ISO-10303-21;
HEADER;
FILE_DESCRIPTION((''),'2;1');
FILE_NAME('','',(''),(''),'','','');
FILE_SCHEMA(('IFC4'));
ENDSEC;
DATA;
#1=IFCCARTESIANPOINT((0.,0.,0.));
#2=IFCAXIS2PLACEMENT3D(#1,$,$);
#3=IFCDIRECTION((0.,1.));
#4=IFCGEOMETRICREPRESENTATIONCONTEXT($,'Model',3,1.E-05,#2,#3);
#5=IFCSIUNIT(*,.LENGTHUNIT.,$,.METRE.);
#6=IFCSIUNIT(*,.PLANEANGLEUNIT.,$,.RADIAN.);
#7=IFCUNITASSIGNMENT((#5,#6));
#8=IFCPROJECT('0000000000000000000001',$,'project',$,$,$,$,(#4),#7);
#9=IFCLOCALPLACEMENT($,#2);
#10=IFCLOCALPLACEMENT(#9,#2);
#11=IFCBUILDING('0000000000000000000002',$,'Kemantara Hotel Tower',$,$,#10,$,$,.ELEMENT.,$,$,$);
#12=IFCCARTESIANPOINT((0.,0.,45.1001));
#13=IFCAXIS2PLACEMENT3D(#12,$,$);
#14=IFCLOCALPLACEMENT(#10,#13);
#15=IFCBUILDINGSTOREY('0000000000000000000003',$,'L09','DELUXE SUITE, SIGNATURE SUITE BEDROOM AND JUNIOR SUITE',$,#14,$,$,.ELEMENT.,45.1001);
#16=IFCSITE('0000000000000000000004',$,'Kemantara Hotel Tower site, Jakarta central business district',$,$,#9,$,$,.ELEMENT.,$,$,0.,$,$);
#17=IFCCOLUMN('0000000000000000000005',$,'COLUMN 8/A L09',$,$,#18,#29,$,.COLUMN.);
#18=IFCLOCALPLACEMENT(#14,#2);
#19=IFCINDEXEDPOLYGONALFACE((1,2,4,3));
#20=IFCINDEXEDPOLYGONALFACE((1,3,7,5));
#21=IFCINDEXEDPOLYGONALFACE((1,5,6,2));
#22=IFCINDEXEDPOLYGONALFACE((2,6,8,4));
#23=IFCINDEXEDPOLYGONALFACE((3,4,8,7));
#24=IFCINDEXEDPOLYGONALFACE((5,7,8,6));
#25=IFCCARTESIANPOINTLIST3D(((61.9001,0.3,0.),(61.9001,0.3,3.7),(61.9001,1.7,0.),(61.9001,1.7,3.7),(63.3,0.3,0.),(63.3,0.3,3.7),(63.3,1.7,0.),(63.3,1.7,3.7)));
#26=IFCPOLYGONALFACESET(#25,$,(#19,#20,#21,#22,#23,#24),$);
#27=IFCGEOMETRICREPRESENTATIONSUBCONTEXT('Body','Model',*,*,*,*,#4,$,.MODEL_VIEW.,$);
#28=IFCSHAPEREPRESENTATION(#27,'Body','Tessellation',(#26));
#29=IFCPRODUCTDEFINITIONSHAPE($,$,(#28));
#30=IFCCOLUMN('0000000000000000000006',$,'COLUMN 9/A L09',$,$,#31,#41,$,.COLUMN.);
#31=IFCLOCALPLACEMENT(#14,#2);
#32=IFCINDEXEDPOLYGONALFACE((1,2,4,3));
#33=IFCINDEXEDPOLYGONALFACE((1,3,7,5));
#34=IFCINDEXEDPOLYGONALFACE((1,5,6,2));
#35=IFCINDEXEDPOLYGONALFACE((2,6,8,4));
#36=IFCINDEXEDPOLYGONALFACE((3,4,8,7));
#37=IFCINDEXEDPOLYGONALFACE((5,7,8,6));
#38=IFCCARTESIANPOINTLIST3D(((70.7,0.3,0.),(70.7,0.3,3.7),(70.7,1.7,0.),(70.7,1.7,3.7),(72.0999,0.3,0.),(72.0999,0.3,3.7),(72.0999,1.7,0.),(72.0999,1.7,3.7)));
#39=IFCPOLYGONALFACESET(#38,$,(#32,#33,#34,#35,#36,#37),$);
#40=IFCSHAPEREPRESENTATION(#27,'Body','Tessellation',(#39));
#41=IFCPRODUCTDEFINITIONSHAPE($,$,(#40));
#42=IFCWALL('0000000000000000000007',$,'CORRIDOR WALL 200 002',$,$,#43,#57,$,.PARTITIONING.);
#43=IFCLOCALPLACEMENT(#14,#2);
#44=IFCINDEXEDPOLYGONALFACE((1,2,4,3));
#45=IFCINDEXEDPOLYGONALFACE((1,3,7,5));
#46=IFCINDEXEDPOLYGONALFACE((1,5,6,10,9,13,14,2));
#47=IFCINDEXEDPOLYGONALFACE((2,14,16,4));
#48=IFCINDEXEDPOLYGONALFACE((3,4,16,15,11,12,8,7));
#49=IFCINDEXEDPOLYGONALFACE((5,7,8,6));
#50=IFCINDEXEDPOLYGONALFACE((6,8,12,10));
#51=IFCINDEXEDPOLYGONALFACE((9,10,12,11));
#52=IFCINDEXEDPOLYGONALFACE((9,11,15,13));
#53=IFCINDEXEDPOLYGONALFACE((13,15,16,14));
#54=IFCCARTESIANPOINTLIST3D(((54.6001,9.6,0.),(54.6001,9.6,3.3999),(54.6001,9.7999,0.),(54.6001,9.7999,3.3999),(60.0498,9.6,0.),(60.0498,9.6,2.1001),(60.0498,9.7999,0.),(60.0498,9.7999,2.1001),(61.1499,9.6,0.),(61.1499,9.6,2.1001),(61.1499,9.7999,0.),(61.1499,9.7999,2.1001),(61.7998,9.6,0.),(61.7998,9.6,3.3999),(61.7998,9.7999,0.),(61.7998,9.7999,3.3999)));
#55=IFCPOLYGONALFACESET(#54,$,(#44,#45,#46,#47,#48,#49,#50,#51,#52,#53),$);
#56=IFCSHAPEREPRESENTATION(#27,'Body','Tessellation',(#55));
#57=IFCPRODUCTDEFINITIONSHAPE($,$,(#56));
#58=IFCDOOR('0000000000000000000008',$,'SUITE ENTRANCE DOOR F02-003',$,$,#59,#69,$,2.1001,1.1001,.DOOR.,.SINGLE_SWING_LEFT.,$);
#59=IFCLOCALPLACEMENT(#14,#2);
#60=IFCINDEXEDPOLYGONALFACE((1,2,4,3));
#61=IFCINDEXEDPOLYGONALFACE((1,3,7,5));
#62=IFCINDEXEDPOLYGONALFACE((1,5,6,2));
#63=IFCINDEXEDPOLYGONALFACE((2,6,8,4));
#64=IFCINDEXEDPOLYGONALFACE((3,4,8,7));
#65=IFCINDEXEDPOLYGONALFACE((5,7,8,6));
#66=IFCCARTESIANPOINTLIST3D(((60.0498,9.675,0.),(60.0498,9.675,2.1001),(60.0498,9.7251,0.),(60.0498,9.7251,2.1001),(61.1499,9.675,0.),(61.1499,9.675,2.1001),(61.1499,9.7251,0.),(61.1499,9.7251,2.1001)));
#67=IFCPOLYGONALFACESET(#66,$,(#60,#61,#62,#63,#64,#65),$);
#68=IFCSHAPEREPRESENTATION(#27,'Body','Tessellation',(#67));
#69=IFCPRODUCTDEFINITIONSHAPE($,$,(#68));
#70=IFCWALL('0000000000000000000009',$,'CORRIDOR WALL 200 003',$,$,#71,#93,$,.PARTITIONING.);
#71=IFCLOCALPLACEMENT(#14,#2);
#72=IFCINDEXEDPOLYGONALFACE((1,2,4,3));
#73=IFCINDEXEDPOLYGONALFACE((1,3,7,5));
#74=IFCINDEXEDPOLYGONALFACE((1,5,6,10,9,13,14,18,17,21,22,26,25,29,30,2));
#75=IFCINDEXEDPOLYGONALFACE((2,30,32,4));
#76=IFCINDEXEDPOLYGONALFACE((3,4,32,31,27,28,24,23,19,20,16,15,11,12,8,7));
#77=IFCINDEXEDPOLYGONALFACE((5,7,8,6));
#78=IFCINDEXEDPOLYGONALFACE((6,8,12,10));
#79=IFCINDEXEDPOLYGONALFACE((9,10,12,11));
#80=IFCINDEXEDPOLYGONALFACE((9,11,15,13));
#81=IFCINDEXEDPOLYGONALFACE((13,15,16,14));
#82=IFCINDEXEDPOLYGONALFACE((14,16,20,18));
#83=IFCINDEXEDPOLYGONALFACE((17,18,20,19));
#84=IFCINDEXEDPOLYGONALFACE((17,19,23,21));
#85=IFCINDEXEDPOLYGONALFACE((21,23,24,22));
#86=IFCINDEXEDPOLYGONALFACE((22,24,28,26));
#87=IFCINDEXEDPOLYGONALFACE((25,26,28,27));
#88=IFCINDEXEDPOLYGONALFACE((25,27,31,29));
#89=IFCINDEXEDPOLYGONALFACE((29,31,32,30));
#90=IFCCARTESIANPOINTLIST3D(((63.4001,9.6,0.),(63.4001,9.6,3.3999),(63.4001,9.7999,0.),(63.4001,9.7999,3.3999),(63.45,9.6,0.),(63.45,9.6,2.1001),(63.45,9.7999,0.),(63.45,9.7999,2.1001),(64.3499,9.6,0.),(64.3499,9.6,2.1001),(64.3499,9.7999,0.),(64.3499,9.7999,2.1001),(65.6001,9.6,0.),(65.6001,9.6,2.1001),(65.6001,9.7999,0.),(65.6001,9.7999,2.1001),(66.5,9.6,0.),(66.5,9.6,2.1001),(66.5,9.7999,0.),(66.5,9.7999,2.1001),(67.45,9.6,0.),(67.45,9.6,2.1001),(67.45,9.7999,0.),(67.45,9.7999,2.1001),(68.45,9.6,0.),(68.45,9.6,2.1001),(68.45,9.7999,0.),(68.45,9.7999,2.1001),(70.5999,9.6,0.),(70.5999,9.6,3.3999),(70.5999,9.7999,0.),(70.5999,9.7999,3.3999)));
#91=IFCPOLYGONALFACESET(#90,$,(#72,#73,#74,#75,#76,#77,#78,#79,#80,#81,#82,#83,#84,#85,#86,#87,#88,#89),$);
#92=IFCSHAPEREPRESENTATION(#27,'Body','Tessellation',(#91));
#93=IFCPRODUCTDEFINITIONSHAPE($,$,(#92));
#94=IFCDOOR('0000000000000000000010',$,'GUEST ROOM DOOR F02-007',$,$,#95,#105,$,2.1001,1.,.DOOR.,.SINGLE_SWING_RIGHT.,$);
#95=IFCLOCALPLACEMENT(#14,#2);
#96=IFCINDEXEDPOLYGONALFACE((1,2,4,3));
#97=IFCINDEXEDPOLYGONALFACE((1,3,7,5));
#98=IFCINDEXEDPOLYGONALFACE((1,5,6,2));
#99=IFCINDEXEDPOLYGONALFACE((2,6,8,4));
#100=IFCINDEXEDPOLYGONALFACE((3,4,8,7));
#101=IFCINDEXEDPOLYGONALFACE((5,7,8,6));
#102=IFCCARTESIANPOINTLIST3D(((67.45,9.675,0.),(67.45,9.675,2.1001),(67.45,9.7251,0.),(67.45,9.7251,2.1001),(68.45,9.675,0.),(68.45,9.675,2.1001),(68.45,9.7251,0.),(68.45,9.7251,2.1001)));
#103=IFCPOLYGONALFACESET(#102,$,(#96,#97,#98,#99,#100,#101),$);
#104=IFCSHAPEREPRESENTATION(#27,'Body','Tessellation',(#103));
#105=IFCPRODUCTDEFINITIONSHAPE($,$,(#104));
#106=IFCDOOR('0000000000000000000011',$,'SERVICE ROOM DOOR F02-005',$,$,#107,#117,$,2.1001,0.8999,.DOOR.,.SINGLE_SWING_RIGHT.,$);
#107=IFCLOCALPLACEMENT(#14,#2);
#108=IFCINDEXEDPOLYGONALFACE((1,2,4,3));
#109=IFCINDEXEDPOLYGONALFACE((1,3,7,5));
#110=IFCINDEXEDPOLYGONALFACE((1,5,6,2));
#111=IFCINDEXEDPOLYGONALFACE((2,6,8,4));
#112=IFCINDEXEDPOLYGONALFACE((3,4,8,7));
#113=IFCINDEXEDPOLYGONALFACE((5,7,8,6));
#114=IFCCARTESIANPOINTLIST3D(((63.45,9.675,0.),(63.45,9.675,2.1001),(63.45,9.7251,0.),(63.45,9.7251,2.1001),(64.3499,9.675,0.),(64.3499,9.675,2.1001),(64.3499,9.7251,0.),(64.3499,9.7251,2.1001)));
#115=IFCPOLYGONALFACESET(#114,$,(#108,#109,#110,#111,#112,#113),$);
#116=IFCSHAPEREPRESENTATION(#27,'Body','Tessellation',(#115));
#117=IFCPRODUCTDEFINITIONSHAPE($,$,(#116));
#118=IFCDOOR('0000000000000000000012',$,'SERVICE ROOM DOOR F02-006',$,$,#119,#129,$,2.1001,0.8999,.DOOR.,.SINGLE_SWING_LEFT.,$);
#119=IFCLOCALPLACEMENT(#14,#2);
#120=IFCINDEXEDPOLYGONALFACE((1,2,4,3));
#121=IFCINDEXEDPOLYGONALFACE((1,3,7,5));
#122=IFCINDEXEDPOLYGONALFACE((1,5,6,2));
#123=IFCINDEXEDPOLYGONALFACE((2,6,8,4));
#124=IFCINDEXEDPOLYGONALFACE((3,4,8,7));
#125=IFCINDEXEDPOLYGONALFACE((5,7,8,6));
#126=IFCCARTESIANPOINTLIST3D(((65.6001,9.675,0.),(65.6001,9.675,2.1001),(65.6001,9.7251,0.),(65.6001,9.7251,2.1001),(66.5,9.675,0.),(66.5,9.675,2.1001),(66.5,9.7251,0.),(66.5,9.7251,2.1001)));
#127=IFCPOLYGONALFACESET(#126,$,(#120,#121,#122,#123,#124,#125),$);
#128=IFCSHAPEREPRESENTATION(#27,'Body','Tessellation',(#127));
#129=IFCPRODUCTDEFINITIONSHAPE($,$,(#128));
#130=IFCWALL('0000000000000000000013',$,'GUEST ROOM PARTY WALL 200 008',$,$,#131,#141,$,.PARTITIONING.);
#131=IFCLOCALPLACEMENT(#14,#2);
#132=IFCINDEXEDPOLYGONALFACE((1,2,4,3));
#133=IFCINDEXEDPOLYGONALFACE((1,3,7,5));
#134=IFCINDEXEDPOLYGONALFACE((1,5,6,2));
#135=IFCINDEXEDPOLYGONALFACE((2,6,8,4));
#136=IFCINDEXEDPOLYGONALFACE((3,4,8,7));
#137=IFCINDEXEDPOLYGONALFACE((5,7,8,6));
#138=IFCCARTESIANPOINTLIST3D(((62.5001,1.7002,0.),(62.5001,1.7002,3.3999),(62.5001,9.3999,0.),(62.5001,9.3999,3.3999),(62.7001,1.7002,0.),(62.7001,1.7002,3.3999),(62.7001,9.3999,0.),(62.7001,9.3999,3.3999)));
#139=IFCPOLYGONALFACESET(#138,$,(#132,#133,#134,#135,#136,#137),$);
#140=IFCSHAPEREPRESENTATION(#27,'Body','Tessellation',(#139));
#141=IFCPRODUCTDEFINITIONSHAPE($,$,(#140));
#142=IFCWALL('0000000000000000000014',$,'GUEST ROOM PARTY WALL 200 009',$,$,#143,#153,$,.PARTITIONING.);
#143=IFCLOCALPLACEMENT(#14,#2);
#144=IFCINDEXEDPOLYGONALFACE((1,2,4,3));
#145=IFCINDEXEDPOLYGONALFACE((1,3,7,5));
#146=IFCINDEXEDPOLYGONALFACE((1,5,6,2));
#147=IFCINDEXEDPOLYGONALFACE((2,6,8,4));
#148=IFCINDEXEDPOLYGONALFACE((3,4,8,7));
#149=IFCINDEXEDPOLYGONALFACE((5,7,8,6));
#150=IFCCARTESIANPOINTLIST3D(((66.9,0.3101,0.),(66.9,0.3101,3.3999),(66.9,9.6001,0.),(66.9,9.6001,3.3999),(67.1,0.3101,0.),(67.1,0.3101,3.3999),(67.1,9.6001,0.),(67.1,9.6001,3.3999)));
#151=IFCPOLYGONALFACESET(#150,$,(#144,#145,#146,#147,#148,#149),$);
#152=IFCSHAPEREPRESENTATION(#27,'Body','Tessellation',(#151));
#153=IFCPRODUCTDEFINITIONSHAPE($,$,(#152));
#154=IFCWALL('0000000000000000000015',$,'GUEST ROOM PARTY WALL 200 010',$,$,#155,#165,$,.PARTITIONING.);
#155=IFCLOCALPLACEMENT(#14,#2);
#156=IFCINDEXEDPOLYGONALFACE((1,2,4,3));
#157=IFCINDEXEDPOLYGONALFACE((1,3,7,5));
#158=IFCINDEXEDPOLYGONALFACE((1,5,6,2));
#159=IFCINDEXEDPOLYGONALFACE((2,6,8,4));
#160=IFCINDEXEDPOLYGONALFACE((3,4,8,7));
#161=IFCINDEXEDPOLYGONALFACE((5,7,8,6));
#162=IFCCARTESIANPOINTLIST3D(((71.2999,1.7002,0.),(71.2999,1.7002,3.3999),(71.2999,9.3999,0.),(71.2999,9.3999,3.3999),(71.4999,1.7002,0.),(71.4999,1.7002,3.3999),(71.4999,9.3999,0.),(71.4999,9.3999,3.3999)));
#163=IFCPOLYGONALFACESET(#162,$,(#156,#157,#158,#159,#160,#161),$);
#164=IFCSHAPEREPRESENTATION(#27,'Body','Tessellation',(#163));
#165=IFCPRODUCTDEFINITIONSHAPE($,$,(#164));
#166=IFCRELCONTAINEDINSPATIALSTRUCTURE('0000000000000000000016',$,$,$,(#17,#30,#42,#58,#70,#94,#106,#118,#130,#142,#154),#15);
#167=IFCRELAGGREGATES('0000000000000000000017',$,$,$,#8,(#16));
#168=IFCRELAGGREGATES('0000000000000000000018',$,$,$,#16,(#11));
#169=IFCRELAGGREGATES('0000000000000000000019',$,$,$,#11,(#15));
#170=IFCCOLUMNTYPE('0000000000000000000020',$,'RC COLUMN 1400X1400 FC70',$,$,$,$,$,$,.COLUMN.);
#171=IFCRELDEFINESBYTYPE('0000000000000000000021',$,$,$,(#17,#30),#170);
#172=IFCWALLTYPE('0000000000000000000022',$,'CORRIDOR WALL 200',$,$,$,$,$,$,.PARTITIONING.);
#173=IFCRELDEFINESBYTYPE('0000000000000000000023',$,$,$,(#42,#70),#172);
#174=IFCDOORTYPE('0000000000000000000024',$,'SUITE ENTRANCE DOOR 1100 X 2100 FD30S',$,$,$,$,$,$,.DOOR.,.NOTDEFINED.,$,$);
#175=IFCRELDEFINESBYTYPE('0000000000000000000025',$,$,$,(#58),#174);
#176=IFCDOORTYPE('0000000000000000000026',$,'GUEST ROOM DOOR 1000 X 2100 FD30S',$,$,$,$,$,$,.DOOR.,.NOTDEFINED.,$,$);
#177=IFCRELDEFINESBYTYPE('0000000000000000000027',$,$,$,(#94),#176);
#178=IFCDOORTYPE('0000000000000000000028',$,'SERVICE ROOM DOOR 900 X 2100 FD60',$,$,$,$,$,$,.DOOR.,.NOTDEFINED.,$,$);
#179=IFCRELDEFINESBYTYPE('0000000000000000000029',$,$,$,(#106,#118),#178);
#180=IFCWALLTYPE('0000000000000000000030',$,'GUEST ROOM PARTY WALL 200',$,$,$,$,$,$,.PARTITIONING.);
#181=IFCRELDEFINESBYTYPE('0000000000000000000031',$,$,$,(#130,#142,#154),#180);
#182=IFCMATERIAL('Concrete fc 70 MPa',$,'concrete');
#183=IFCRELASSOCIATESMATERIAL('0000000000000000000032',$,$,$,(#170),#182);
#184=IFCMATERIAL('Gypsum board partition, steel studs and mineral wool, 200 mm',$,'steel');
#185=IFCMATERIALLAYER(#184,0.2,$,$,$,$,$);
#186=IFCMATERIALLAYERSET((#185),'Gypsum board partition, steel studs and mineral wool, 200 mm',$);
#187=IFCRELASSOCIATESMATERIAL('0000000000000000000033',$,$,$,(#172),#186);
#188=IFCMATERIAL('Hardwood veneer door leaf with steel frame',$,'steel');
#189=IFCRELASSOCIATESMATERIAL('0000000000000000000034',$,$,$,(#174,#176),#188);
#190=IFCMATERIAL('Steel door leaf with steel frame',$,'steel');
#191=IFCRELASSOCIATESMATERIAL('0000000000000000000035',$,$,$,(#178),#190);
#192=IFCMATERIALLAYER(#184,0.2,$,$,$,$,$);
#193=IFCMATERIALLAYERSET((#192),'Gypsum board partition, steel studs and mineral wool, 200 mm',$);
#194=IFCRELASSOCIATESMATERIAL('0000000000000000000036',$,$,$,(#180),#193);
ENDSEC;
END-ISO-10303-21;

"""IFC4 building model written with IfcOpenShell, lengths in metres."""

from ifc_helpers import new_model, si_unit, direction, frame, frame_2d, origin, origin_2d, place, context, subcontext, project, spatial, rectangle, extrude, material, layer, layer_set, material_profile, profile_set, type_object, element, fill, save


model = new_model("IFC4")

# Units and contexts
model_context = context("Model", 3, precision=1e-05, world=origin(), true_north=direction((0.0, 1.0)))
body_context = subcontext(model_context, "Body", "Model", "MODEL_VIEW")
ifc_project = project(units=[si_unit("LENGTHUNIT", "METRE"), si_unit("PLANEANGLEUNIT", "RADIAN")], contexts=[model_context])

# Site, building, storey
site_placement = place(None, origin())
site = spatial("IfcSite", under=ifc_project, at=site_placement, Name="Kemantara Hotel Tower site, Jakarta central business district", CompositionType="ELEMENT", RefElevation=0.0)
building_placement = place(site_placement, origin())
building = spatial("IfcBuilding", under=site, at=building_placement, Name="Kemantara Hotel Tower", CompositionType="ELEMENT")
storey_placement = place(building_placement, frame((0.0, 0.0, 45.1001)))
storey = spatial("IfcBuildingStorey", under=building, at=storey_placement, Name="L09", Description="DELUXE SUITE, SIGNATURE SUITE BEDROOM AND JUNIOR SUITE", CompositionType="ELEMENT", Elevation=45.1001)

# Columns
ifc_material_1 = material(Name="Concrete fc 70 MPa", Category="concrete")
ifc_material_profile = material_profile(ifc_material_1, rectangle(XDim=1.3999, YDim=1.3999, at=origin_2d()), Name="RC 1400X1400")
ifc_profile_set = profile_set([ifc_material_profile], Name="Concrete fc 70 MPa")
column_type = type_object("IfcColumnType", Name="RC COLUMN 1400X1400 FC70", PredefinedType="COLUMN", material=ifc_profile_set)
for number, where, z_axis, x_axis, name in (
    (1, (62.6001, 1.0, 0.0), (0.0, 0.0, 1.0), (1.0, 0.0, 0.0), "COLUMN 8/A L09"),
    (2, (71.3999, 1.0, 0.0), (0.0, 0.0, 1.0), (1.0, 0.0, 0.0), "COLUMN 9/A L09"),
):
    element("IfcColumn", number, at=place(storey_placement, frame(where, z_axis=z_axis, x_axis=x_axis)), inside=storey, type_object=column_type, Name=name, PredefinedType="COLUMN", context=body_context, shape_type="SweptSolid", body=[
        extrude(rectangle(XDim=1.3999, YDim=1.3999, at=origin_2d()), origin(), (0.0, 0.0, 1.0), 3.7),
    ])

# Wall, opening, door
ifc_material_2 = material(Name="Gypsum board partition, steel studs and mineral wool, 200 mm", Category="steel")
ifc_layer_1 = layer(ifc_material_2, 0.2)
ifc_layer_set_1 = layer_set([ifc_layer_1], Name="Gypsum board partition, steel studs and mineral wool, 200 mm")
wall_type_1 = type_object("IfcWallType", Name="CORRIDOR WALL 200", PredefinedType="PARTITIONING", material=ifc_layer_set_1)
wall_1_placement = place(storey_placement, frame((61.7998, 9.7, 0.0), z_axis=(0.0, 0.0, 1.0), x_axis=(-1.0, 0.0, 0.0)))
wall_1 = element("IfcWall", 3, at=wall_1_placement, inside=storey, type_object=wall_type_1, Name="CORRIDOR WALL 200 002", PredefinedType="PARTITIONING", context=body_context, shape_type="SweptSolid", body=[
    extrude(rectangle(XDim=7.1997, YDim=0.2, at=frame_2d((3.5999, 0.0))), origin(), (0.0, 0.0, 1.0), 3.3999),
])
opening_1_placement = place(wall_1_placement, frame((0.6499, 0.0, 0.0)))
opening_1 = element("IfcOpeningElement", 4, at=opening_1_placement, cuts=wall_1, PredefinedType="OPENING", context=body_context, shape_type="SweptSolid", body=[
    extrude(rectangle(XDim=1.1001, YDim=2.1001, at=frame_2d((0.55, 1.05))), frame((0.0, 0.1099, 0.0), z_axis=(0.0, -1.0, 0.0), x_axis=(1.0, 0.0, 0.0)), (0.0, 0.0, 1.0), 0.22),
])
ifc_material_3 = material(Name="Hardwood veneer door leaf with steel frame", Category="steel")
door_type_1 = type_object("IfcDoorType", Name="SUITE ENTRANCE DOOR 1100 X 2100 FD30S", OperationType="NOTDEFINED", PredefinedType="DOOR", material=ifc_material_3)
door_1_placement = place(opening_1_placement, origin())
door_1 = element("IfcDoor", 5, at=door_1_placement, inside=storey, type_object=door_type_1, Name="SUITE ENTRANCE DOOR F02-003", OperationType="SINGLE_SWING_LEFT", OverallHeight=2.1001, OverallWidth=1.1001, PredefinedType="DOOR", context=body_context, shape_type="SweptSolid", body=[
    extrude(rectangle(XDim=1.1001, YDim=2.1001, at=frame_2d((0.55, 1.05))), frame((0.0, 0.0249, 0.0), z_axis=(0.0, -1.0, 0.0), x_axis=(1.0, 0.0, 0.0)), (0.0, 0.0, 1.0), 0.05),
])
fill(opening_1, door_1)

# Wall, openings, doors
wall_2_placement = place(storey_placement, frame((70.5999, 9.7, 0.0), z_axis=(0.0, 0.0, 1.0), x_axis=(-1.0, 0.0, 0.0)))
wall_2 = element("IfcWall", 6, at=wall_2_placement, inside=storey, type_object=wall_type_1, Name="CORRIDOR WALL 200 003", PredefinedType="PARTITIONING", context=body_context, shape_type="SweptSolid", body=[
    extrude(rectangle(XDim=7.1997, YDim=0.2, at=frame_2d((3.5999, 0.0))), origin(), (0.0, 0.0, 1.0), 3.3999),
])
opening_2_placement = place(wall_2_placement, frame((6.25, 0.0, 0.0)))
opening_2 = element("IfcOpeningElement", 7, at=opening_2_placement, cuts=wall_2, PredefinedType="OPENING", context=body_context, shape_type="SweptSolid", body=[
    extrude(rectangle(XDim=0.8999, YDim=2.1001, at=frame_2d((0.45, 1.05))), frame((0.0, 0.1099, 0.0), z_axis=(0.0, -1.0, 0.0), x_axis=(1.0, 0.0, 0.0)), (0.0, 0.0, 1.0), 0.22),
])
opening_3_placement = place(wall_2_placement, frame((4.0999, 0.0, 0.0)))
opening_3 = element("IfcOpeningElement", 8, at=opening_3_placement, cuts=wall_2, PredefinedType="OPENING", context=body_context, shape_type="SweptSolid", body=[
    extrude(rectangle(XDim=0.8999, YDim=2.1001, at=frame_2d((0.45, 1.05))), frame((0.0, 0.1099, 0.0), z_axis=(0.0, -1.0, 0.0), x_axis=(1.0, 0.0, 0.0)), (0.0, 0.0, 1.0), 0.22),
])
opening_4_placement = place(wall_2_placement, frame((2.1499, 0.0, 0.0)))
opening_4 = element("IfcOpeningElement", 9, at=opening_4_placement, cuts=wall_2, PredefinedType="OPENING", context=body_context, shape_type="SweptSolid", body=[
    extrude(rectangle(XDim=1.0, YDim=2.1001, at=frame_2d((0.5, 1.05))), frame((0.0, 0.1099, 0.0), z_axis=(0.0, -1.0, 0.0), x_axis=(1.0, 0.0, 0.0)), (0.0, 0.0, 1.0), 0.22),
])
door_type_2 = type_object("IfcDoorType", Name="GUEST ROOM DOOR 1000 X 2100 FD30S", OperationType="NOTDEFINED", PredefinedType="DOOR", material=ifc_material_3)
door_2_placement = place(opening_4_placement, origin())
door_2 = element("IfcDoor", 10, at=door_2_placement, inside=storey, type_object=door_type_2, Name="GUEST ROOM DOOR F02-007", OperationType="SINGLE_SWING_RIGHT", OverallHeight=2.1001, OverallWidth=1.0, PredefinedType="DOOR", context=body_context, shape_type="SweptSolid", body=[
    extrude(rectangle(XDim=1.0, YDim=2.1001, at=frame_2d((0.5, 1.05))), frame((0.0, 0.0249, 0.0), z_axis=(0.0, -1.0, 0.0), x_axis=(1.0, 0.0, 0.0)), (0.0, 0.0, 1.0), 0.05),
])
fill(opening_4, door_2)
ifc_material_4 = material(Name="Steel door leaf with steel frame", Category="steel")
door_type_3 = type_object("IfcDoorType", Name="SERVICE ROOM DOOR 900 X 2100 FD60", OperationType="NOTDEFINED", PredefinedType="DOOR", material=ifc_material_4)
door_3_placement = place(opening_2_placement, origin())
door_3 = element("IfcDoor", 11, at=door_3_placement, inside=storey, type_object=door_type_3, Name="SERVICE ROOM DOOR F02-005", OperationType="SINGLE_SWING_RIGHT", OverallHeight=2.1001, OverallWidth=0.8999, PredefinedType="DOOR", context=body_context, shape_type="SweptSolid", body=[
    extrude(rectangle(XDim=0.8999, YDim=2.1001, at=frame_2d((0.45, 1.05))), frame((0.0, 0.0249, 0.0), z_axis=(0.0, -1.0, 0.0), x_axis=(1.0, 0.0, 0.0)), (0.0, 0.0, 1.0), 0.05),
])
fill(opening_2, door_3)
door_4_placement = place(opening_3_placement, origin())
door_4 = element("IfcDoor", 12, at=door_4_placement, inside=storey, type_object=door_type_3, Name="SERVICE ROOM DOOR F02-006", OperationType="SINGLE_SWING_LEFT", OverallHeight=2.1001, OverallWidth=0.8999, PredefinedType="DOOR", context=body_context, shape_type="SweptSolid", body=[
    extrude(rectangle(XDim=0.8999, YDim=2.1001, at=frame_2d((0.45, 1.05))), frame((0.0, 0.0249, 0.0), z_axis=(0.0, -1.0, 0.0), x_axis=(1.0, 0.0, 0.0)), (0.0, 0.0, 1.0), 0.05),
])
fill(opening_3, door_4)

# Walls
ifc_layer_2 = layer(ifc_material_2, 0.2)
ifc_layer_set_2 = layer_set([ifc_layer_2], Name="Gypsum board partition, steel studs and mineral wool, 200 mm")
wall_type_2 = type_object("IfcWallType", Name="GUEST ROOM PARTY WALL 200", PredefinedType="PARTITIONING", material=ifc_layer_set_2)
wall_3_placement = place(storey_placement, frame((62.6001, 1.7002, 0.0), z_axis=(0.0, 0.0, 1.0), x_axis=(0.0, 1.0, 0.0)))
element("IfcWall", 13, at=wall_3_placement, inside=storey, type_object=wall_type_2, Name="GUEST ROOM PARTY WALL 200 008", PredefinedType="PARTITIONING", context=body_context, shape_type="SweptSolid", body=[
    extrude(rectangle(XDim=7.6997, YDim=0.2, at=frame_2d((3.8499, 0.0))), origin(), (0.0, 0.0, 1.0), 3.3999),
])
wall_4_placement = place(storey_placement, frame((67.0, 0.3101, 0.0), z_axis=(0.0, 0.0, 1.0), x_axis=(0.0, 1.0, 0.0)))
element("IfcWall", 14, at=wall_4_placement, inside=storey, type_object=wall_type_2, Name="GUEST ROOM PARTY WALL 200 009", PredefinedType="PARTITIONING", context=body_context, shape_type="SweptSolid", body=[
    extrude(rectangle(XDim=9.29, YDim=0.2, at=frame_2d((4.645, 0.0))), origin(), (0.0, 0.0, 1.0), 3.3999),
])
wall_5_placement = place(storey_placement, frame((71.3999, 1.7002, 0.0), z_axis=(0.0, 0.0, 1.0), x_axis=(0.0, 1.0, 0.0)))
element("IfcWall", 15, at=wall_5_placement, inside=storey, type_object=wall_type_2, Name="GUEST ROOM PARTY WALL 200 010", PredefinedType="PARTITIONING", context=body_context, shape_type="SweptSolid", body=[
    extrude(rectangle(XDim=7.6997, YDim=0.2, at=frame_2d((3.8499, 0.0))), origin(), (0.0, 0.0, 1.0), 3.3999),
])

save(model, "model.ifc")
